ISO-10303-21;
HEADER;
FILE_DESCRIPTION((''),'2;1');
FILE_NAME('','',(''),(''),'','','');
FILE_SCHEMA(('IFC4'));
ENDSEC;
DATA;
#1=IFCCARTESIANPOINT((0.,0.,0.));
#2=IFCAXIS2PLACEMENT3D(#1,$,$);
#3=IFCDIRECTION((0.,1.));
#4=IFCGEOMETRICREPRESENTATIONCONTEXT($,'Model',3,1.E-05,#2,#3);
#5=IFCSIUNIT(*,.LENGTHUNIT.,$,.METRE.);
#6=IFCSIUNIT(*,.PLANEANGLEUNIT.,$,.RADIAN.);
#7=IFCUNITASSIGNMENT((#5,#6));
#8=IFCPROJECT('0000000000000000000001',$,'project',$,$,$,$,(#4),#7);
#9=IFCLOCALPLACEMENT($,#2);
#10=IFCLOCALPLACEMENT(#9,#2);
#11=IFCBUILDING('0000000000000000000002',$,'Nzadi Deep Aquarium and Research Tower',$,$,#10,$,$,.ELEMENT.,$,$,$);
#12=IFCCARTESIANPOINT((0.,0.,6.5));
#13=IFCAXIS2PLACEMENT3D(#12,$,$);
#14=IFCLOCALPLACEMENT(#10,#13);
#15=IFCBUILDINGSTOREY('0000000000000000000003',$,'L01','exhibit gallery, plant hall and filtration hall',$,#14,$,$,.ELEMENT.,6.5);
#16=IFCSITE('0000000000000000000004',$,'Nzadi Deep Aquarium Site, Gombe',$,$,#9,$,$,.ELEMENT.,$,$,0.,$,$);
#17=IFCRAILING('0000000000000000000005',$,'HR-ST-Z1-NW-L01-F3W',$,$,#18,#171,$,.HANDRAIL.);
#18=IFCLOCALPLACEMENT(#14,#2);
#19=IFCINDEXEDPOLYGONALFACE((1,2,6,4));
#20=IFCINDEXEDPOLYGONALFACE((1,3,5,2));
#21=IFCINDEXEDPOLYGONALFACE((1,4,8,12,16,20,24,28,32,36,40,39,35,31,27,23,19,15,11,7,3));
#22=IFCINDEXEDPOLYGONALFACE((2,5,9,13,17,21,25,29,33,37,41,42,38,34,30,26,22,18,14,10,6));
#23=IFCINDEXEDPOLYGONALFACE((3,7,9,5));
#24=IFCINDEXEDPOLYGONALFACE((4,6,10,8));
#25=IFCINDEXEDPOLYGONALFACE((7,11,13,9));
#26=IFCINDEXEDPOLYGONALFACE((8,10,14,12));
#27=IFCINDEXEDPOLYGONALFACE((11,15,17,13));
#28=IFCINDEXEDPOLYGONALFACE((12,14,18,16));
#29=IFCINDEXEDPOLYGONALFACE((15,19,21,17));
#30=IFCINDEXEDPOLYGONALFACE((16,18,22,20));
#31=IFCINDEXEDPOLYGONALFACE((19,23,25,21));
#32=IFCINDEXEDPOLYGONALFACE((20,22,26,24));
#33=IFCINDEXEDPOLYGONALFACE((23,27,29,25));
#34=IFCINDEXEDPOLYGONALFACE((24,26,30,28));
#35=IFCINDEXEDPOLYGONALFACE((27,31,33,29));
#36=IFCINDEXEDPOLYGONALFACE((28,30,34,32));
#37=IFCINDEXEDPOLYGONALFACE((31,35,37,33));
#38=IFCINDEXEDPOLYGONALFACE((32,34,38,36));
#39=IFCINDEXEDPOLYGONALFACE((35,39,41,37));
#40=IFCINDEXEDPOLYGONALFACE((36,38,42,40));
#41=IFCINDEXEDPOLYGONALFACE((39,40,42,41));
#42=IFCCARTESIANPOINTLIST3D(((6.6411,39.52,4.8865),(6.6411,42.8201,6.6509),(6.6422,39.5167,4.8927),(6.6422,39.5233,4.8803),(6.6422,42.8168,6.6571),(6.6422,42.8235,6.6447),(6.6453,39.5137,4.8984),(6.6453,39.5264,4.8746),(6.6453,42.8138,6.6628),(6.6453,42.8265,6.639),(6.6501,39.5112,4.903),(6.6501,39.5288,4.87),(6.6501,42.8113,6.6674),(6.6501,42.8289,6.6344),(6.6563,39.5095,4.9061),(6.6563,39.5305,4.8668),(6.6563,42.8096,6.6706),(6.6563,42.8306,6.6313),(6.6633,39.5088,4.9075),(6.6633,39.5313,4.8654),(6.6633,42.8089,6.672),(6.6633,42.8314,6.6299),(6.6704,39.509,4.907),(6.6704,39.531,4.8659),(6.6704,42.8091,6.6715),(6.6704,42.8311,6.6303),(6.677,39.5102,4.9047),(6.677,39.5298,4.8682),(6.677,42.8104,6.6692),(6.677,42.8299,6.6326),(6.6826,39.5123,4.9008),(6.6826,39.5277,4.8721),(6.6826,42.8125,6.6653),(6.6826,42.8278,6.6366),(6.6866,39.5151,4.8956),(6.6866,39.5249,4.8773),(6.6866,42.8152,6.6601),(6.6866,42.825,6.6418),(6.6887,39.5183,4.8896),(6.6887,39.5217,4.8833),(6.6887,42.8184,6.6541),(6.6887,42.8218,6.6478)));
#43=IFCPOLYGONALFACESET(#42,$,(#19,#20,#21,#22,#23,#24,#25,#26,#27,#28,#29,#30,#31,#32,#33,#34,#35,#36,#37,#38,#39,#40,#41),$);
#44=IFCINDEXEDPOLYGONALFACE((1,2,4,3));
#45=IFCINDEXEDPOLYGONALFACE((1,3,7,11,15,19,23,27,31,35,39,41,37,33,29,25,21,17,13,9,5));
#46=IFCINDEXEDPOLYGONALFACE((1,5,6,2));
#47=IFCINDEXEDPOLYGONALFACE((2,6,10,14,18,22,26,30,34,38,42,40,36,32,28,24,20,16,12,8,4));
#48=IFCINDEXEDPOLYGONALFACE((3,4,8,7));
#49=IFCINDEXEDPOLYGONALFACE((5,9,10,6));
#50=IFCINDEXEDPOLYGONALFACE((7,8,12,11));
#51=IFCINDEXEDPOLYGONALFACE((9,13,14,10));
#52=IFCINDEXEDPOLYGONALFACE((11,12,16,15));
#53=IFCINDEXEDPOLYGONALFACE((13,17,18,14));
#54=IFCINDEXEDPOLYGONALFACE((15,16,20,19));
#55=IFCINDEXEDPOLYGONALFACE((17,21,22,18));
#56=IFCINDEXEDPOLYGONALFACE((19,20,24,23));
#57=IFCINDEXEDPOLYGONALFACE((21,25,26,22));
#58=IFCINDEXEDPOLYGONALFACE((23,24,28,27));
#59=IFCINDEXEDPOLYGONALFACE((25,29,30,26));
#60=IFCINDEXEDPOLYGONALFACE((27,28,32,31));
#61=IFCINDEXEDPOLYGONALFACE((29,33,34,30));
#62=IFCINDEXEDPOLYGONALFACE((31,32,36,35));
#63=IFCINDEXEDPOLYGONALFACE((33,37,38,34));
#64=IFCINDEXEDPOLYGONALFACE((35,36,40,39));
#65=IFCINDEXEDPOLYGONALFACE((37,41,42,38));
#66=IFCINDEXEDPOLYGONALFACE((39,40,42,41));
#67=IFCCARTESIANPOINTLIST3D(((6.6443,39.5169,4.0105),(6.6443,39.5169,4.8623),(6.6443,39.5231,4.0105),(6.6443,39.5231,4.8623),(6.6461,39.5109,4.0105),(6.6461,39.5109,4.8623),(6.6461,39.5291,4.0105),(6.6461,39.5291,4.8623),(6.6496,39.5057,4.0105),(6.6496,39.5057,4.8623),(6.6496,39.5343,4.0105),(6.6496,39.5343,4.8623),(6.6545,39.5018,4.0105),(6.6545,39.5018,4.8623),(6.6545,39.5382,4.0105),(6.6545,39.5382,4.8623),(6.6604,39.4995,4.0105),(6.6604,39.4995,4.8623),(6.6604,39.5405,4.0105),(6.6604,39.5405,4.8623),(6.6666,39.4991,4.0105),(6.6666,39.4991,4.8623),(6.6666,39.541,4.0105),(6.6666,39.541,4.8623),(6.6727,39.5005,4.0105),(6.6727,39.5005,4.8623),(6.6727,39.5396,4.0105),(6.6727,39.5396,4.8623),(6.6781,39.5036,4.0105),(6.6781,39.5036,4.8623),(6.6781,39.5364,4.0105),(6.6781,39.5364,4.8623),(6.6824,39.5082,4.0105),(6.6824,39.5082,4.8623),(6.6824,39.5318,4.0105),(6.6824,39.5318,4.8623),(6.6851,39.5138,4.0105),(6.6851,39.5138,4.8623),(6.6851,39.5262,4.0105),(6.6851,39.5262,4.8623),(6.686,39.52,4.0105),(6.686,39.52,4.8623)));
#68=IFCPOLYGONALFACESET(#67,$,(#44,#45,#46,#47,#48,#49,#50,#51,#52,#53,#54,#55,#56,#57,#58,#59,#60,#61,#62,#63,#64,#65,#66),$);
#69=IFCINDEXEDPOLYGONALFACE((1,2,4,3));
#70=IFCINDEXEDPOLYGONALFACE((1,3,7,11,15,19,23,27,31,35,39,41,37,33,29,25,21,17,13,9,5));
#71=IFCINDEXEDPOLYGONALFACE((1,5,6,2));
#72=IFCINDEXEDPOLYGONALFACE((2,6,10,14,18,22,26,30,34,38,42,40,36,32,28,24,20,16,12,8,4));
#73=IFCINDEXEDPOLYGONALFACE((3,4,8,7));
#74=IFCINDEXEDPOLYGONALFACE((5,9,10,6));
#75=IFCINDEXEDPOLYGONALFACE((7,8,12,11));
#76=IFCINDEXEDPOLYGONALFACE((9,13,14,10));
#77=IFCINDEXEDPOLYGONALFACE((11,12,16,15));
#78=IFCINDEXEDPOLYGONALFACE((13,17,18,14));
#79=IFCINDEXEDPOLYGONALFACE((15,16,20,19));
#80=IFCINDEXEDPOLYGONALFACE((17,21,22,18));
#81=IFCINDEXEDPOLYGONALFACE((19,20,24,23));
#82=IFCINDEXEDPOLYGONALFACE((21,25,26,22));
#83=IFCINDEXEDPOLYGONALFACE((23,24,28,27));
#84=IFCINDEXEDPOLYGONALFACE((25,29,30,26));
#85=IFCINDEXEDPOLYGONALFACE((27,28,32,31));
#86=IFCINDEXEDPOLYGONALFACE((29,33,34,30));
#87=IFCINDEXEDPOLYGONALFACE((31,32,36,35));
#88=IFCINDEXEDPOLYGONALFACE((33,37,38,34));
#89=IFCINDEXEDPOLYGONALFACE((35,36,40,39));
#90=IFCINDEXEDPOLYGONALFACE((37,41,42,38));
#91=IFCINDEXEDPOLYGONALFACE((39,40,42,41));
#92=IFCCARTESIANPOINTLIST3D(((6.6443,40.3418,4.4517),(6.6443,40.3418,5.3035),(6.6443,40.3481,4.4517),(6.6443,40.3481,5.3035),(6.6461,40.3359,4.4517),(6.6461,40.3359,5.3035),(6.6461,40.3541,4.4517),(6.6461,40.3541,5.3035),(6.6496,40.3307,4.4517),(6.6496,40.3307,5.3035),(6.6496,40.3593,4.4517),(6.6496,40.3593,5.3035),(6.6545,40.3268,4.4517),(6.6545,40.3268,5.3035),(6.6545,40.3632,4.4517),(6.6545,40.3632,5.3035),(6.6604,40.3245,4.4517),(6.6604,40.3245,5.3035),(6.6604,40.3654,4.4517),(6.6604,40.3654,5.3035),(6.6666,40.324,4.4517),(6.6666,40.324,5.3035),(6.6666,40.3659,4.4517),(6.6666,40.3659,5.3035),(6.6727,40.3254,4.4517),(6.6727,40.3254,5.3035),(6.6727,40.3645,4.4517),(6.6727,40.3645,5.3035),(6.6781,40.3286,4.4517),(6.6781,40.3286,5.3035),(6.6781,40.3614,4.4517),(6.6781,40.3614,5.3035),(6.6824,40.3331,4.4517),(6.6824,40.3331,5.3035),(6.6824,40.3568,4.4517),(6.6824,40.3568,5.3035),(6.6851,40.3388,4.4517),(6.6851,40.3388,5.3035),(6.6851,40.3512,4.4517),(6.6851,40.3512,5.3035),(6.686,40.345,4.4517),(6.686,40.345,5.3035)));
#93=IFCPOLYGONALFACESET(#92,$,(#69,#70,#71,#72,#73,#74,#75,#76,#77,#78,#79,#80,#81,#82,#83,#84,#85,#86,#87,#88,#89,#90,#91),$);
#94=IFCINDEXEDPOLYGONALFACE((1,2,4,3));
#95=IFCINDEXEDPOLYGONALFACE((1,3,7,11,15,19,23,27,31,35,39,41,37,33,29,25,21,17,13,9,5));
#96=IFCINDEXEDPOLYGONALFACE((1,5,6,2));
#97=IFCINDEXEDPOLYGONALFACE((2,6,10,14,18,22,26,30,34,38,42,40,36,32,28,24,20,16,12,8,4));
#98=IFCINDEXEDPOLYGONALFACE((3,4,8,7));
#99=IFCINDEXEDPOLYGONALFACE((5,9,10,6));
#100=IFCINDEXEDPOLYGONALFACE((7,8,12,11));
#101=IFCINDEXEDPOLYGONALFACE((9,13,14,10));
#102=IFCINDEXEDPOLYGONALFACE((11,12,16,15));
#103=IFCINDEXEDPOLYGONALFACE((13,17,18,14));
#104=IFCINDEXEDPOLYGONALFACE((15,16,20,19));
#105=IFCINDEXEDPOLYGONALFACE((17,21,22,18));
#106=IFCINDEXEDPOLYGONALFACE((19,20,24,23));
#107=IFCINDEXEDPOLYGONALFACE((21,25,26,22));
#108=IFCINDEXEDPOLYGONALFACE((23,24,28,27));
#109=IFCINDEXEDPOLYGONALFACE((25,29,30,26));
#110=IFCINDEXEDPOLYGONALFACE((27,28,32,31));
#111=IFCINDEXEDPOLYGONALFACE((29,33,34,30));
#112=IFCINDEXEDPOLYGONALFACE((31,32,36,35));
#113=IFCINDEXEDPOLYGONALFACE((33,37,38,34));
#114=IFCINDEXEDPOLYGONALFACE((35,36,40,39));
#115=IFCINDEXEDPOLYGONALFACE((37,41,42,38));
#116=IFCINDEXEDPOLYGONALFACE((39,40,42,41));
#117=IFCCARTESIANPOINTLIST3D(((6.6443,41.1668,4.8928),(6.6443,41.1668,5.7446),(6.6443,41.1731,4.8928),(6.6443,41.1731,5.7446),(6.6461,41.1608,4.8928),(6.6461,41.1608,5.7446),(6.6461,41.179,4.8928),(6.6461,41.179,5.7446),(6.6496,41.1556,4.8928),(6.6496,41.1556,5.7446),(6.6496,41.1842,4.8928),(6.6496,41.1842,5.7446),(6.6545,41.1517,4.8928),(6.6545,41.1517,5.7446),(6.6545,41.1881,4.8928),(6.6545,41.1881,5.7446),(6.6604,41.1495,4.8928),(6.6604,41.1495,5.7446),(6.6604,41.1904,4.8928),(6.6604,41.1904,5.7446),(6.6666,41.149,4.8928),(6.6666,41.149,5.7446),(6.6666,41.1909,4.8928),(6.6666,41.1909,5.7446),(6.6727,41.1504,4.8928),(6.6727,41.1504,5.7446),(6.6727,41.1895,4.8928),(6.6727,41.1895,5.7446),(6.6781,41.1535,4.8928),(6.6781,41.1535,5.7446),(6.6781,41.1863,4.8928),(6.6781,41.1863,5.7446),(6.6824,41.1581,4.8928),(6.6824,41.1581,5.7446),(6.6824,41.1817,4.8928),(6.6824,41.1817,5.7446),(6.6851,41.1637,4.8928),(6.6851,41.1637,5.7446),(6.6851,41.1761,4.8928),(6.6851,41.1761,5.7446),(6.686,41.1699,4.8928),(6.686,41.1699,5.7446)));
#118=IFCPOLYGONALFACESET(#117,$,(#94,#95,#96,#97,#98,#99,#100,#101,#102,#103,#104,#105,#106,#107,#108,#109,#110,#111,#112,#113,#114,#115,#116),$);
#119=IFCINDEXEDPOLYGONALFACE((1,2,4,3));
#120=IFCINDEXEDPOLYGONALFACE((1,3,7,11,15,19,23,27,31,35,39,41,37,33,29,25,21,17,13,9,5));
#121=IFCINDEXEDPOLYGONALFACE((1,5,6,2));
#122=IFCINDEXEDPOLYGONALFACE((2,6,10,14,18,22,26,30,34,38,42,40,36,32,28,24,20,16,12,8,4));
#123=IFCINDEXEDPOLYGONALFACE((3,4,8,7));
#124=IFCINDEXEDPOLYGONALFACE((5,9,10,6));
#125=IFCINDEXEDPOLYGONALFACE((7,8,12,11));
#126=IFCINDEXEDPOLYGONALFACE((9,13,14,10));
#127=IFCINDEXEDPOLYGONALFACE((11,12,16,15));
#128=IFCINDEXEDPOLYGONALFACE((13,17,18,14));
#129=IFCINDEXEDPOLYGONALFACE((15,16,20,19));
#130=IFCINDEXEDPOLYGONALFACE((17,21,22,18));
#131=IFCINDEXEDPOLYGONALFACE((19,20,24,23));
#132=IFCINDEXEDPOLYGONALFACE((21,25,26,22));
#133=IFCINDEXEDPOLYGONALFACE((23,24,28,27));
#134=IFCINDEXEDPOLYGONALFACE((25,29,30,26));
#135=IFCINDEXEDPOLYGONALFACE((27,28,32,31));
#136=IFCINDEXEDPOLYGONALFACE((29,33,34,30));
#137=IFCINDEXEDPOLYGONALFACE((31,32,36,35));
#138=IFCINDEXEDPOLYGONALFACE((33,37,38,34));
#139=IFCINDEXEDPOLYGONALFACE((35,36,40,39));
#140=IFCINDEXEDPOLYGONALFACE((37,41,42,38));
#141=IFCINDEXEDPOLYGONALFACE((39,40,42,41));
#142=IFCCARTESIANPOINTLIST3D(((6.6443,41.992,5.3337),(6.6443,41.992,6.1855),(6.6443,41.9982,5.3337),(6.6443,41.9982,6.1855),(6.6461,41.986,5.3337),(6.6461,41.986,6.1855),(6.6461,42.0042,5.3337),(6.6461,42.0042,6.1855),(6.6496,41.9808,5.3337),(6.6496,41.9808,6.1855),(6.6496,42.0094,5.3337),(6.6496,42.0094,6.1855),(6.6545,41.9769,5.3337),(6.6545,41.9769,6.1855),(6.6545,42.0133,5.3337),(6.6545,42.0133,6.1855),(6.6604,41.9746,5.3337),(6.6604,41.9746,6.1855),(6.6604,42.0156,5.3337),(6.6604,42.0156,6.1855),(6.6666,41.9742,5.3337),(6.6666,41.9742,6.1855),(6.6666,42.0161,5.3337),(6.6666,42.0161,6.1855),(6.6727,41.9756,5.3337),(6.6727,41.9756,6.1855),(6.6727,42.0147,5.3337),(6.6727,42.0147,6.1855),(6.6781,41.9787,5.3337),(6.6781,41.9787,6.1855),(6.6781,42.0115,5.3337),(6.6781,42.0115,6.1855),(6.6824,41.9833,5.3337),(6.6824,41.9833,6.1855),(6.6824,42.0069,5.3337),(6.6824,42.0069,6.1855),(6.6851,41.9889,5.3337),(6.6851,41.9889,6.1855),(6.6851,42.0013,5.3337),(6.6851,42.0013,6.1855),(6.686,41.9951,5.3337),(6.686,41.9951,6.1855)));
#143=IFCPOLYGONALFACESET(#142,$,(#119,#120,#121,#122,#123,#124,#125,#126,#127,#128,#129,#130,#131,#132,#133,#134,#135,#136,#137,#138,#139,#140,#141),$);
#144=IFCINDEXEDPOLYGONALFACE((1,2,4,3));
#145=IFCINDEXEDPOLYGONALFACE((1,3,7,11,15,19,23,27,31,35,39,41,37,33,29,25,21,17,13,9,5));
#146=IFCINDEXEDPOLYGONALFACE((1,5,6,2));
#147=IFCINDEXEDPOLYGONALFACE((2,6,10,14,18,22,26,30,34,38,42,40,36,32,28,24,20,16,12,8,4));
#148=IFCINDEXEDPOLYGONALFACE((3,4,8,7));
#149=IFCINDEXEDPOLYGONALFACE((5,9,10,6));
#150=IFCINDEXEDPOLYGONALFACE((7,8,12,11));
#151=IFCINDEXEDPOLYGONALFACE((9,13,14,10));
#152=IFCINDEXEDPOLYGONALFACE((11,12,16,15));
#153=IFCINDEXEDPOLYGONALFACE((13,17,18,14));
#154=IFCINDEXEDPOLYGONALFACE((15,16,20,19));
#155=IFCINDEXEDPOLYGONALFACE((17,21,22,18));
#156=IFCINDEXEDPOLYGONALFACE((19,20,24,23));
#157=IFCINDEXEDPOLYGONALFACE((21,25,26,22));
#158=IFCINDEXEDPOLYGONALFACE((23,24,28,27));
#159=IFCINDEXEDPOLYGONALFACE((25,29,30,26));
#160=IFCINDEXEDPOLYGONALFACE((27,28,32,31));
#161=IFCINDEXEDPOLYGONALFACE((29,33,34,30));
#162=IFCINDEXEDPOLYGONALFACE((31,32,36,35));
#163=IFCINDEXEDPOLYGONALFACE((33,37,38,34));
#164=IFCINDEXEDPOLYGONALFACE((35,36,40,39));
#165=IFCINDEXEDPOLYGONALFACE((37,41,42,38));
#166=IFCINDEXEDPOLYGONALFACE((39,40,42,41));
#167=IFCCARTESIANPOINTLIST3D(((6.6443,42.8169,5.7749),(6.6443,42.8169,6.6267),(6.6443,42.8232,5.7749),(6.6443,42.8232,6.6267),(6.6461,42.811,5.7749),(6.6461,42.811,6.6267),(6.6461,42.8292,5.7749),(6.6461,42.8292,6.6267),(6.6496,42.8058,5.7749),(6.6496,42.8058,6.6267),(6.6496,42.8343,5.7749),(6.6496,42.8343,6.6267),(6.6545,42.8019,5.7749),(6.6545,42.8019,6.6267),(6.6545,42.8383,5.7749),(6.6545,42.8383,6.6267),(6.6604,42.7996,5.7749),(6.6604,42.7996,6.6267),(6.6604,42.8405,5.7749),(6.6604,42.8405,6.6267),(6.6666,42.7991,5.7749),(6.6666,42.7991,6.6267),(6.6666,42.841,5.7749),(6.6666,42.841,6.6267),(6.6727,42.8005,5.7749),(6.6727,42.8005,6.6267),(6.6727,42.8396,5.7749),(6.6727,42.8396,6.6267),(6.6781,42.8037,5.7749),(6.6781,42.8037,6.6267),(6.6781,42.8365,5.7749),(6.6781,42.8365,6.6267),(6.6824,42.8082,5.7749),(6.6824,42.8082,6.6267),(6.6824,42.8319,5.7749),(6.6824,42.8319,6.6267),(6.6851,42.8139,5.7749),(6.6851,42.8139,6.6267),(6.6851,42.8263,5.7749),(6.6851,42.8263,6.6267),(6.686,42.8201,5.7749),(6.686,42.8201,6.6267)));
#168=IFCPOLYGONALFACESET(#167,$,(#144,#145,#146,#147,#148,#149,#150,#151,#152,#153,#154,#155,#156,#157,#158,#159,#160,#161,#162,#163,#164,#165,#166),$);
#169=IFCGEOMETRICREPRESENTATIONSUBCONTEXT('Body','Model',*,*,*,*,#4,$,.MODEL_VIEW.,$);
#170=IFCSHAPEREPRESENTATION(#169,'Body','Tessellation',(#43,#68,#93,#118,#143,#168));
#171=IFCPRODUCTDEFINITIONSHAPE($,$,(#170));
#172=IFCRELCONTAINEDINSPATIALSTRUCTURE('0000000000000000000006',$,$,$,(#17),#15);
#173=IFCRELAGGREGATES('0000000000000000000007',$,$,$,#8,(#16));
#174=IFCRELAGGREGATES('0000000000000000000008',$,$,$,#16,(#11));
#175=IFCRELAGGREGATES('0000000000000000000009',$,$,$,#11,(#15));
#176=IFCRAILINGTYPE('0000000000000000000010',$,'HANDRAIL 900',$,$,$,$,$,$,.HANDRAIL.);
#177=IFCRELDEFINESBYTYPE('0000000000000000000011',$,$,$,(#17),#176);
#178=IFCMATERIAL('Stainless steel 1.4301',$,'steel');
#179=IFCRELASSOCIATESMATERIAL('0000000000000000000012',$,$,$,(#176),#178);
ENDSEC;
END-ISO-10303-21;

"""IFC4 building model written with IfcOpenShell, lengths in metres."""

from ifc_helpers import new_model, si_unit, direction, frame, origin, origin_2d, place, context, subcontext, project, spatial, circle, extrude, material, type_object, element, save


model = new_model("IFC4")

# Units and contexts
model_context = context("Model", 3, precision=1e-05, world=origin(), true_north=direction((0.0, 1.0)))
body_context = subcontext(model_context, "Body", "Model", "MODEL_VIEW")
ifc_project = project(units=[si_unit("LENGTHUNIT", "METRE"), si_unit("PLANEANGLEUNIT", "RADIAN")], contexts=[model_context])

# Site, building, storey
site_placement = place(None, origin())
site = spatial("IfcSite", under=ifc_project, at=site_placement, Name="Nzadi Deep Aquarium Site, Gombe", CompositionType="ELEMENT", RefElevation=0.0)
building_placement = place(site_placement, origin())
building = spatial("IfcBuilding", under=site, at=building_placement, Name="Nzadi Deep Aquarium and Research Tower", CompositionType="ELEMENT")
storey_placement = place(building_placement, frame((0.0, 0.0, 6.5)))
storey = spatial("IfcBuildingStorey", under=building, at=storey_placement, Name="L01", Description="exhibit gallery, plant hall and filtration hall", CompositionType="ELEMENT", Elevation=6.5)

# Railing
ifc_material_1 = material(Name="Stainless steel 1.4301", Category="steel")
railing_type = type_object("IfcRailingType", Name="HANDRAIL 900", PredefinedType="HANDRAIL", material=ifc_material_1)
for number, where, name in (
    (1, (6.665, 39.52, 4.0105), "HR-ST-Z1-NW-L01-F3W"),
):
    element("IfcRailing", number, at=place(storey_placement, frame(where)), inside=storey, type_object=railing_type, Name=name, PredefinedType="HANDRAIL", context=body_context, shape_type="SweptSolid", body=[
        extrude(circle(Radius=0.0239, at=origin_2d()), frame((0.0, 0.0, 0.876), z_axis=(0.0, 0.881867, 0.471499), x_axis=(-1.0, 0.0, 0.0)), (0.0, 0.0, 1.0), 3.7422),
        extrude(circle(Radius=0.021, at=origin_2d()), origin(), (0.0, 0.0, 1.0), 0.8518),
        extrude(circle(Radius=0.021, at=origin_2d()), frame((0.0, 0.825, 0.4412)), (0.0, 0.0, 1.0), 0.8518),
        extrude(circle(Radius=0.021, at=origin_2d()), frame((0.0, 1.6499, 0.8823)), (0.0, 0.0, 1.0), 0.8518),
        extrude(circle(Radius=0.021, at=origin_2d()), frame((0.0, 2.4751, 1.3232)), (0.0, 0.0, 1.0), 0.8518),
        extrude(circle(Radius=0.021, at=origin_2d()), frame((0.0, 3.3, 1.7644)), (0.0, 0.0, 1.0), 0.8518),
    ])

save(model, "model.ifc")
